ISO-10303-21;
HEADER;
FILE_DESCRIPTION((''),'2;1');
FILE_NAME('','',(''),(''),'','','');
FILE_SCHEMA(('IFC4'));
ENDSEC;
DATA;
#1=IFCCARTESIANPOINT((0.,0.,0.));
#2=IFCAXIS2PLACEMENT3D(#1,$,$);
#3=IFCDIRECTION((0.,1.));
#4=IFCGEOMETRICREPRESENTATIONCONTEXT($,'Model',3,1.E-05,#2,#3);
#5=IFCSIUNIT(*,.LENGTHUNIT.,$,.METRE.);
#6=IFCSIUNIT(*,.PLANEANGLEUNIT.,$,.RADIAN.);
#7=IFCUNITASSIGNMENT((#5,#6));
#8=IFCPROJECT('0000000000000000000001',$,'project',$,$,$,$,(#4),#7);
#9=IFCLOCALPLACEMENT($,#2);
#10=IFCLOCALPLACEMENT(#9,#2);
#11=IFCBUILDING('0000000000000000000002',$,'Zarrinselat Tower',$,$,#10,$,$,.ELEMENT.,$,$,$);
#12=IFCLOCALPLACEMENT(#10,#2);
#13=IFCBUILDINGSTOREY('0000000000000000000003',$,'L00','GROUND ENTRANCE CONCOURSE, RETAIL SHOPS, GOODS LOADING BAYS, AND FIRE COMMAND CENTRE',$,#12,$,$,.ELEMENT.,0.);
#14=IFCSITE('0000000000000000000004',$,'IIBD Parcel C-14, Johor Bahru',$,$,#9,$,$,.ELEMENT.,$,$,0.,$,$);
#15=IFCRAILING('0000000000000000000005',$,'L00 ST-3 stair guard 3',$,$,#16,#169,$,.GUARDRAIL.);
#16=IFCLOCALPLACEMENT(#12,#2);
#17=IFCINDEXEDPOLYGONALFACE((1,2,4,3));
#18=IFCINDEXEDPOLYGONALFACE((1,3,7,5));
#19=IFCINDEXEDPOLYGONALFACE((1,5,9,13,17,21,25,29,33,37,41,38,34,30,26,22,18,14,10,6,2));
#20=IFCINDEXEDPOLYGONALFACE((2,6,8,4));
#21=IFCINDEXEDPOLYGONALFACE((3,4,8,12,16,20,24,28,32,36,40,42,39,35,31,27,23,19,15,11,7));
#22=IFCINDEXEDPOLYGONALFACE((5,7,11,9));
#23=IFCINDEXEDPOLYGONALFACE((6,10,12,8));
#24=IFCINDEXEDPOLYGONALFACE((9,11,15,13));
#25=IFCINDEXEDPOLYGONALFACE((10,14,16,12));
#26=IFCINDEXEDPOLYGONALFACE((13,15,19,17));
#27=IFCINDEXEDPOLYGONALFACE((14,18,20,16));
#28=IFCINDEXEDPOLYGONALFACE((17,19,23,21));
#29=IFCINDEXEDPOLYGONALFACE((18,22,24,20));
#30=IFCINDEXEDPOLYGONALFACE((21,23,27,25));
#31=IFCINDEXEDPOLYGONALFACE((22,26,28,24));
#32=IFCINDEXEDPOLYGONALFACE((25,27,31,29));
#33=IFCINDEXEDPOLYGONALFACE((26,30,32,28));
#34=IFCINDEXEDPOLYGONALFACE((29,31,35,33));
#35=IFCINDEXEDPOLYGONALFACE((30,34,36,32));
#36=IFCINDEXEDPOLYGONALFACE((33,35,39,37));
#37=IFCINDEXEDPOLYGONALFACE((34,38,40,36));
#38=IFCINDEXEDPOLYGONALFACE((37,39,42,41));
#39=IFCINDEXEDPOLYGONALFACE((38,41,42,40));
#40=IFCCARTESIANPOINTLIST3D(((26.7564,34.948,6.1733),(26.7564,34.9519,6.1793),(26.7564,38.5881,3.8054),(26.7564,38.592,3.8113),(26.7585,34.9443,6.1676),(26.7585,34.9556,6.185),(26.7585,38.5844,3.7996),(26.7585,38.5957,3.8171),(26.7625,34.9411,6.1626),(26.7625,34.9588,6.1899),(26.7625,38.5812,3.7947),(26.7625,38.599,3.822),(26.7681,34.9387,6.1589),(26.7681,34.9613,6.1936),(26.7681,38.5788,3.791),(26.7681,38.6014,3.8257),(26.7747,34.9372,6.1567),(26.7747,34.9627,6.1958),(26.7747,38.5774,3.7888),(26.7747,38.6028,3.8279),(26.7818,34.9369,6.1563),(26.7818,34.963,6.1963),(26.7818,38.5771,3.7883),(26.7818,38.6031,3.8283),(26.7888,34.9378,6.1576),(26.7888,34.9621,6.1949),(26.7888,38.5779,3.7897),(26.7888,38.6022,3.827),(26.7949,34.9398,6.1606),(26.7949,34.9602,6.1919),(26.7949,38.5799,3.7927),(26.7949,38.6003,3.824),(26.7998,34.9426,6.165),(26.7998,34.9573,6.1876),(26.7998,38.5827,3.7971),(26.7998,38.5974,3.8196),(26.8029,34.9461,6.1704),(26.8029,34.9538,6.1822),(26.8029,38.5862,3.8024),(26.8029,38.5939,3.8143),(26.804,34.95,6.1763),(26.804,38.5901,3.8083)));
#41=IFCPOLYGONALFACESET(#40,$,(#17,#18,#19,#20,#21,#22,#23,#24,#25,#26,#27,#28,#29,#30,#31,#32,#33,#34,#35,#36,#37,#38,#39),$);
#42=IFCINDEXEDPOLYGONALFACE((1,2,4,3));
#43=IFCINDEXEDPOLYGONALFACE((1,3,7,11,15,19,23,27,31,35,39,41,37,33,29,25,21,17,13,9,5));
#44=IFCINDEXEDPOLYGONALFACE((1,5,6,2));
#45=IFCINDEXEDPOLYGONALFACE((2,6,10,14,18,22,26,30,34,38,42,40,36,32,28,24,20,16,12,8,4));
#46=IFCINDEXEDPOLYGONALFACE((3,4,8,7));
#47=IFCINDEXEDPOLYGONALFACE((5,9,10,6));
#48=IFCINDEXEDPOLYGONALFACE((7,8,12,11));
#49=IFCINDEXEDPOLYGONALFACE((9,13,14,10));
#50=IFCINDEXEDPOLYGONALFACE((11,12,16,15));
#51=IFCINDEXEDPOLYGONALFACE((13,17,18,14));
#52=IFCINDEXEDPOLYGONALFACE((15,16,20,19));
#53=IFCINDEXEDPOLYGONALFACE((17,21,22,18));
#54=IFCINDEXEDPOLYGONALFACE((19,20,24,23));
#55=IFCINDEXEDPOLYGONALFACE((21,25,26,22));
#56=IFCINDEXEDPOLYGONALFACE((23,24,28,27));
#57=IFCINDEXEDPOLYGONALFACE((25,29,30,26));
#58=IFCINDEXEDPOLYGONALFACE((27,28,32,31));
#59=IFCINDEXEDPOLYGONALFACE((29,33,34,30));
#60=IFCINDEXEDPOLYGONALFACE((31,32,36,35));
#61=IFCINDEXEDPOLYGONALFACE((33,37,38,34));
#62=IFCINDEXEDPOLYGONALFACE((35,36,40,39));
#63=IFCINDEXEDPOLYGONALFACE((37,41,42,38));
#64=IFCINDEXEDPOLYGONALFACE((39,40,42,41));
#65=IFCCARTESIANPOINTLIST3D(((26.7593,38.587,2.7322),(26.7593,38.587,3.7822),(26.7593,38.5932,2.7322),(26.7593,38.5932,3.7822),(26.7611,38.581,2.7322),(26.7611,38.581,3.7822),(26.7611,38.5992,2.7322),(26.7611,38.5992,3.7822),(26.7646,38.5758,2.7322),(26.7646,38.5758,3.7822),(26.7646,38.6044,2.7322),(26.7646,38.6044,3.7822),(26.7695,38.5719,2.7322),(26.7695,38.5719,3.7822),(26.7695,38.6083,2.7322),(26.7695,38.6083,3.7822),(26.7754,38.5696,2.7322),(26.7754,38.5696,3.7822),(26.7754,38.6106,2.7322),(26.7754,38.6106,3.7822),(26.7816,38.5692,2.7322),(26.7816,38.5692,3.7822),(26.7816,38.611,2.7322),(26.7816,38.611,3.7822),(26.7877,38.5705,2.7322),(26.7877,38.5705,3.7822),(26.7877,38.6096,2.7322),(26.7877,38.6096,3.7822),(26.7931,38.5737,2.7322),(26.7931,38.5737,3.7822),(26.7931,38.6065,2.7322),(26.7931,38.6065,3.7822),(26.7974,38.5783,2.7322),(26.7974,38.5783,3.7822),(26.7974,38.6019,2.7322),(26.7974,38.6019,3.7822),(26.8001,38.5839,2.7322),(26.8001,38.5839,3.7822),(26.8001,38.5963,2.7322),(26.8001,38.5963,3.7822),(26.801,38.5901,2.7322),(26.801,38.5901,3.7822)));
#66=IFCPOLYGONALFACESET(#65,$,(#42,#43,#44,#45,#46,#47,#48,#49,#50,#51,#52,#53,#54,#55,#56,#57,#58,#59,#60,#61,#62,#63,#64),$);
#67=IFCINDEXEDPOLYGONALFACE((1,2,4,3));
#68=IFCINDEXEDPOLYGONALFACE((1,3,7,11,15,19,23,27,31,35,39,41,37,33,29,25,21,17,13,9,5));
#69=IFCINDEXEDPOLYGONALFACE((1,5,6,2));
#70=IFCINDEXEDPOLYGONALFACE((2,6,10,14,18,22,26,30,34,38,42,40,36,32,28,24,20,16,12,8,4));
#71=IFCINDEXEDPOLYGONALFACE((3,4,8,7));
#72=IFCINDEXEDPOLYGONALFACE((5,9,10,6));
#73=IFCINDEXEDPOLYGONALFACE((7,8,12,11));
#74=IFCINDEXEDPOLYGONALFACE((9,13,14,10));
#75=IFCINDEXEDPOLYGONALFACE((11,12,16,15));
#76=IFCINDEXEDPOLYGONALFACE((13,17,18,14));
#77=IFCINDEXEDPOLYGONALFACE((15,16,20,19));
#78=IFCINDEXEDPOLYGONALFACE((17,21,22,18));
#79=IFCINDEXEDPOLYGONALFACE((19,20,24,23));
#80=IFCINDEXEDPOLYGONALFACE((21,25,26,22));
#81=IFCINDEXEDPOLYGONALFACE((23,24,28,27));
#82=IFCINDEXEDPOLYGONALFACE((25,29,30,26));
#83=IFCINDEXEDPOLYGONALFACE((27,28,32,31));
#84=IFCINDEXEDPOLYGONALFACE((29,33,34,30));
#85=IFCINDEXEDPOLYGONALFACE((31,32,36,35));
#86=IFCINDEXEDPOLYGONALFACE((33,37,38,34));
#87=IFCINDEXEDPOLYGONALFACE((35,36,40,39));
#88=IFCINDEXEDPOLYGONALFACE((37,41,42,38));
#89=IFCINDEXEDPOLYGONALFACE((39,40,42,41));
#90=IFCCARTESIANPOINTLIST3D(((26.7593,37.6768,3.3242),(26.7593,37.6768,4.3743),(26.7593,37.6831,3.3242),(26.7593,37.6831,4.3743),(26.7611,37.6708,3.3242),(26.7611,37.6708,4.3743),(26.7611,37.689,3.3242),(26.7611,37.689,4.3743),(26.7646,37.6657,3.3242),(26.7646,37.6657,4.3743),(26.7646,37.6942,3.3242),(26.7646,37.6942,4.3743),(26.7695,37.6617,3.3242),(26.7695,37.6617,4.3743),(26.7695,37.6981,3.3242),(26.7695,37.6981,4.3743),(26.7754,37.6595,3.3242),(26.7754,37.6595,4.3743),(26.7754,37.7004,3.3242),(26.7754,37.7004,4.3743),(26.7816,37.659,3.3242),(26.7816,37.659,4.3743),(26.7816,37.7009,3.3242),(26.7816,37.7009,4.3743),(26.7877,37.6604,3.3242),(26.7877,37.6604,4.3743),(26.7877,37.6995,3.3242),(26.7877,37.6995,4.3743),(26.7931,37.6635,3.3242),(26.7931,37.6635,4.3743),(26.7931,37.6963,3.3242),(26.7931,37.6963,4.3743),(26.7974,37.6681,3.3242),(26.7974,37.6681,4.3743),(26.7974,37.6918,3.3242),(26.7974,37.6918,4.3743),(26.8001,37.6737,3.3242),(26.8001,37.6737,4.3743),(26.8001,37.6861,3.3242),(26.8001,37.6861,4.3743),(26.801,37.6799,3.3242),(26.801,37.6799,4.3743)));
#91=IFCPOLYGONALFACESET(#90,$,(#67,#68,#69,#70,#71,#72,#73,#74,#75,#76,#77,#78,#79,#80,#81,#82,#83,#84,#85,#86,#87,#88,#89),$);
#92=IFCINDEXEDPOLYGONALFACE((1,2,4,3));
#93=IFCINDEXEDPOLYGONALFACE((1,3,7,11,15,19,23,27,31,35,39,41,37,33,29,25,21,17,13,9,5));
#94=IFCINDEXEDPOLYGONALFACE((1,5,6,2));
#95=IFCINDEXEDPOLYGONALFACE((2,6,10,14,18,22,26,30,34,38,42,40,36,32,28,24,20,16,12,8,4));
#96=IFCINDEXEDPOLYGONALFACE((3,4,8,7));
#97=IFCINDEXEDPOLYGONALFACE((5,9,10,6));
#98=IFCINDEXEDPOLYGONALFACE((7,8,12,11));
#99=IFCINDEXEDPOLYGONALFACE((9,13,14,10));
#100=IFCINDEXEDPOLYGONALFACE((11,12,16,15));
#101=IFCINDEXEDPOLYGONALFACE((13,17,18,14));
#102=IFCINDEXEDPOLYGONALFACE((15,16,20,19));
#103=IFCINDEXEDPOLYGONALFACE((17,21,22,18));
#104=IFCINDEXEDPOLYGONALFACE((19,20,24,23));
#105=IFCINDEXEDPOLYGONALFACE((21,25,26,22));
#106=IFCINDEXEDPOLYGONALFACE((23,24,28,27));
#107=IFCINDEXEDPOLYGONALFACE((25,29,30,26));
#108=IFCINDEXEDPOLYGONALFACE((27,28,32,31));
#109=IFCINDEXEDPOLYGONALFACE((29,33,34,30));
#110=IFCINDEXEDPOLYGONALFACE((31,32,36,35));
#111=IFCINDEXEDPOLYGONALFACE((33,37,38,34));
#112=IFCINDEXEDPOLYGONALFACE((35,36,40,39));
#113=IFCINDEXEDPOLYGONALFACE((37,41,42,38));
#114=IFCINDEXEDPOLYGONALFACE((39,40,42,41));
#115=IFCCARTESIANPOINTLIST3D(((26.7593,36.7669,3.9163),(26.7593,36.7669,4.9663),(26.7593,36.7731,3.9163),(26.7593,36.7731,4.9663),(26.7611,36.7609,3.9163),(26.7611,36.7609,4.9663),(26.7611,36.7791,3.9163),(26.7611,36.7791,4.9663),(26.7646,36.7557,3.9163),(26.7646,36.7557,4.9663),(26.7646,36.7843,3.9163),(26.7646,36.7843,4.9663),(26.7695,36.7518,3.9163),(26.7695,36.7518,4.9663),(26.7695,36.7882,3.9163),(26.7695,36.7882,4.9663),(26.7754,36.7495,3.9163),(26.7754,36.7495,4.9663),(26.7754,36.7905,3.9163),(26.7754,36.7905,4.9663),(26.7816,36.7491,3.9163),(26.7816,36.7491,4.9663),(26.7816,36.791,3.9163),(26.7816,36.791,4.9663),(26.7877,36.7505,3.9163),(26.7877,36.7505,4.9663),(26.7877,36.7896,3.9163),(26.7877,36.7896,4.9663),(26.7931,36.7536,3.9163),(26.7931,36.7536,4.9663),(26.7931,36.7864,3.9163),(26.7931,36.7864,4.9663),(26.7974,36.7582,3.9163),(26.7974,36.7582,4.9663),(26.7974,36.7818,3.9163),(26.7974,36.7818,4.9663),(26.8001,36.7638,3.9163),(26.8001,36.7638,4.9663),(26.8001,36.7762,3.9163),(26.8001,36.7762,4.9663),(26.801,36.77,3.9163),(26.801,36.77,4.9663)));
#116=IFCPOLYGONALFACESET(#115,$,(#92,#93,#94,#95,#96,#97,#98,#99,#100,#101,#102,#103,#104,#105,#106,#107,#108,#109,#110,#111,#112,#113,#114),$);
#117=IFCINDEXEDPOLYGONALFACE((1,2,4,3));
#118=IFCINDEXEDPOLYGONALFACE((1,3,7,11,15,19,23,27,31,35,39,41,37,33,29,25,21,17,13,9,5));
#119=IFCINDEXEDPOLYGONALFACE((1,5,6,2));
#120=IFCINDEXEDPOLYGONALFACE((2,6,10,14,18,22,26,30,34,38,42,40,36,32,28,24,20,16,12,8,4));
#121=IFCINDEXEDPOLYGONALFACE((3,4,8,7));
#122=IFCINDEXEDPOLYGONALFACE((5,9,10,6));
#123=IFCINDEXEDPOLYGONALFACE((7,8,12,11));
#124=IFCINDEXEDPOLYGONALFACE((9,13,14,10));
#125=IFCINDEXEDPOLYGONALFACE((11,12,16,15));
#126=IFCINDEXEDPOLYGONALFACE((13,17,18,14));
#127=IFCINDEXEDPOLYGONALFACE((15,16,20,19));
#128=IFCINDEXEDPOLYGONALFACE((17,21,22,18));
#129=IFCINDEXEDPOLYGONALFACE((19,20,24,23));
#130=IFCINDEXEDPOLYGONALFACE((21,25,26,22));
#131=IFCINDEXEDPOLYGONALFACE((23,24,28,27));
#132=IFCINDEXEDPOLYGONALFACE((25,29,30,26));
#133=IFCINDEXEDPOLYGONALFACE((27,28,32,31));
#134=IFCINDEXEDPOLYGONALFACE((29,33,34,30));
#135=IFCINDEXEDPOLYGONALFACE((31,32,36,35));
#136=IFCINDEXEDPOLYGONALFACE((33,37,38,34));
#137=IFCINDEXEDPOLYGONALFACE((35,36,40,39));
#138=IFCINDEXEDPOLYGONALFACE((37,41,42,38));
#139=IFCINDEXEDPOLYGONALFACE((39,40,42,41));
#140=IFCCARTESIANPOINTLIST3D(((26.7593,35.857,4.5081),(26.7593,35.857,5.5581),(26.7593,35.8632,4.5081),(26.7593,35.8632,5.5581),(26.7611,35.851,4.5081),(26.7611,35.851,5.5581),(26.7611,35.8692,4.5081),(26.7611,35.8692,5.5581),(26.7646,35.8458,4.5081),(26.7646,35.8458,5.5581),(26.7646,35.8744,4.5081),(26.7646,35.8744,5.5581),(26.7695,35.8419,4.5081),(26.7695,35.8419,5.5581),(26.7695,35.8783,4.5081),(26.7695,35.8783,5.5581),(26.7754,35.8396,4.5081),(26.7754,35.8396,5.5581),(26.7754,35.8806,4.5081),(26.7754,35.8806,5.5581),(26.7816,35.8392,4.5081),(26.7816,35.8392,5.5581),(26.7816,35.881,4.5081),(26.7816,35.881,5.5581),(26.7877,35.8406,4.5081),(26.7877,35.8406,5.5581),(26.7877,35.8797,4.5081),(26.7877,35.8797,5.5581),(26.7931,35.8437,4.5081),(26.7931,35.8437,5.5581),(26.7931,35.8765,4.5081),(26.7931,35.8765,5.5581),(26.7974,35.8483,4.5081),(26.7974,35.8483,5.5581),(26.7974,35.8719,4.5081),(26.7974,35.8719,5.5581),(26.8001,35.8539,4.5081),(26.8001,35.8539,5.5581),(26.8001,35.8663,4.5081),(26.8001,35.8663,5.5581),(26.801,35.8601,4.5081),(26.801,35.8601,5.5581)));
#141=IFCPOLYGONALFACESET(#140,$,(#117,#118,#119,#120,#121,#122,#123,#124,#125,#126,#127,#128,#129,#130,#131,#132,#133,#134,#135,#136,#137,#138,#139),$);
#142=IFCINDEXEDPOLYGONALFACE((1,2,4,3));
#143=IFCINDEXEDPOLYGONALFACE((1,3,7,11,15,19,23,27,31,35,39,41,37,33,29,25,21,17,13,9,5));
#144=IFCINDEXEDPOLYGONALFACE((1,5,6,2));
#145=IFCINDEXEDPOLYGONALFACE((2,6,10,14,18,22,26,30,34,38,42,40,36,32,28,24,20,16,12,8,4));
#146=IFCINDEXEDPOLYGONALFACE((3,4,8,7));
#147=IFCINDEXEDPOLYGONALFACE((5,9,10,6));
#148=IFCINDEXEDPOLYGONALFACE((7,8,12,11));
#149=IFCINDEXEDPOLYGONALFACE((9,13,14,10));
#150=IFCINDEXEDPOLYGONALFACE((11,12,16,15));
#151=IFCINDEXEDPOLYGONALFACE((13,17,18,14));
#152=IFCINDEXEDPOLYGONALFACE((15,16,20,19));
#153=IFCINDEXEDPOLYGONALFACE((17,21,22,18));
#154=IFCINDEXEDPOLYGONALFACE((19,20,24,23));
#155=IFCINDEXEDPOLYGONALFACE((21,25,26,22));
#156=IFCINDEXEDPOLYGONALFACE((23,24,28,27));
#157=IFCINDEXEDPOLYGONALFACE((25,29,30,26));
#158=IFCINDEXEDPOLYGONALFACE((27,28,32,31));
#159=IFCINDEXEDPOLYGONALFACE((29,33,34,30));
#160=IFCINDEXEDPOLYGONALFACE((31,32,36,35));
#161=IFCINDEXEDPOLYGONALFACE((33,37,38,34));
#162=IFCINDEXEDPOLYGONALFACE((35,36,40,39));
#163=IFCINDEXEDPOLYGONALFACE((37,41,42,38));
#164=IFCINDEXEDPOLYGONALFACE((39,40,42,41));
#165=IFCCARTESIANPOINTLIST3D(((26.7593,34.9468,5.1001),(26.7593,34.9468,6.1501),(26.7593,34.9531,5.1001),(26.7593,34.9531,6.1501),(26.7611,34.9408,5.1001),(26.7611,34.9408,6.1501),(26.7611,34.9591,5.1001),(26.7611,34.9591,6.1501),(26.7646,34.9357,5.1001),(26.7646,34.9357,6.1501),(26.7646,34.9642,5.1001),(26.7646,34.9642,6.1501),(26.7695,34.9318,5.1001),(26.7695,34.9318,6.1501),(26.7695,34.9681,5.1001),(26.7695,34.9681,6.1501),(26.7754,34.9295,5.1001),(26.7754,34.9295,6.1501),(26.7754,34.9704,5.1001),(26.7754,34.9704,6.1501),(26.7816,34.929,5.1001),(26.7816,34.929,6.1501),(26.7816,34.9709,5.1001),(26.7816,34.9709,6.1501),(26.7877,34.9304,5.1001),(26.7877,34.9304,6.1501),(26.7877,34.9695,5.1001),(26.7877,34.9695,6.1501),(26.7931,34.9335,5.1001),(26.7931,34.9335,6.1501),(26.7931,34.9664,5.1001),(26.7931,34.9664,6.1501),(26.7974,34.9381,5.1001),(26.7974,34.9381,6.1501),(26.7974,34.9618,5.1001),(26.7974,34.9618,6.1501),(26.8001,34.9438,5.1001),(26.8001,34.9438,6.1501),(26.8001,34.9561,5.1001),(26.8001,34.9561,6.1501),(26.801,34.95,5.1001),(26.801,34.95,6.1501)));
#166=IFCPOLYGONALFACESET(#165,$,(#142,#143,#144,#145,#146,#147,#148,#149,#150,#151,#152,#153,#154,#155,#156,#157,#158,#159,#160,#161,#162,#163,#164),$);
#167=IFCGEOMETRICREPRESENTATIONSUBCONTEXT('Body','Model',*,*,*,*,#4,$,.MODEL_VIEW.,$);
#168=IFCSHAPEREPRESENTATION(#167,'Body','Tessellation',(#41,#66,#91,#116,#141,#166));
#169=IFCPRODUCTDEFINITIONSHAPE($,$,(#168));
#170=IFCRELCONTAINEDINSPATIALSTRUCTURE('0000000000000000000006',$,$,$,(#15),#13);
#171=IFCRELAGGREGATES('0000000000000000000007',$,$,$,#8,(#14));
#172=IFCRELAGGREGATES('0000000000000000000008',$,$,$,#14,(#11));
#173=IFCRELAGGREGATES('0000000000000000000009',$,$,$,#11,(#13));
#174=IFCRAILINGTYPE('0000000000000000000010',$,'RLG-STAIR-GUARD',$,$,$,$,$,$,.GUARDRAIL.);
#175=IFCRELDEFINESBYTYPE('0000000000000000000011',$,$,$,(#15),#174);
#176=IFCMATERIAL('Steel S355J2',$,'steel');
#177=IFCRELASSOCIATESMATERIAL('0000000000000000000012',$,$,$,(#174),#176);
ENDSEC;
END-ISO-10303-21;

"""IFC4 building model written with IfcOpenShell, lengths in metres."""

from ifc_helpers import new_model, si_unit, direction, frame, origin, origin_2d, place, context, subcontext, project, spatial, circle, extrude, material, type_object, element, save


model = new_model("IFC4")

# Units and contexts
model_context = context("Model", 3, precision=1e-05, world=origin(), true_north=direction((0.0, 1.0)))
body_context = subcontext(model_context, "Body", "Model", "MODEL_VIEW")
ifc_project = project(units=[si_unit("LENGTHUNIT", "METRE"), si_unit("PLANEANGLEUNIT", "RADIAN")], contexts=[model_context])

# Site, building, storey
site_placement = place(None, origin())
site = spatial("IfcSite", under=ifc_project, at=site_placement, Name="IIBD Parcel C-14, Johor Bahru", CompositionType="ELEMENT", RefElevation=0.0)
building_placement = place(site_placement, origin())
building = spatial("IfcBuilding", under=site, at=building_placement, Name="Zarrinselat Tower", CompositionType="ELEMENT")
storey_placement = place(building_placement, origin())
storey = spatial("IfcBuildingStorey", under=building, at=storey_placement, Name="L00", Description="GROUND ENTRANCE CONCOURSE, RETAIL SHOPS, GOODS LOADING BAYS, AND FIRE COMMAND CENTRE", CompositionType="ELEMENT", Elevation=0.0)

# Railing
ifc_material_1 = material(Name="Steel S355J2", Category="steel")
railing_type_1 = type_object("IfcRailingType", Name="RLG-STAIR-GUARD", PredefinedType="GUARDRAIL", material=ifc_material_1)
railing_1_placement = place(storey_placement, frame((26.78, 38.5901, 2.7322)))
element("IfcRailing", 1, at=railing_1_placement, inside=storey, type_object=railing_type_1, Name="L00 ST-3 stair guard 3", PredefinedType="GUARDRAIL", context=body_context, shape_type="SweptSolid", body=[
    extrude(circle(Radius=0.0239, at=origin_2d()), frame((0.0, 0.0, 1.0762), z_axis=(0.0, -0.838251, 0.545285), x_axis=(1.0, 0.0, 0.0)), (0.0, 0.0, 1.0), 4.3425),
    extrude(circle(Radius=0.021, at=origin_2d()), origin(), (0.0, 0.0, 1.0), 1.05),
    extrude(circle(Radius=0.021, at=origin_2d()), frame((0.0, -0.9102, 0.592)), (0.0, 0.0, 1.0), 1.05),
    extrude(circle(Radius=0.021, at=origin_2d()), frame((0.0, -1.8201, 1.1841)), (0.0, 0.0, 1.0), 1.05),
    extrude(circle(Radius=0.021, at=origin_2d()), frame((0.0, -2.73, 1.7759)), (0.0, 0.0, 1.0), 1.05),
    extrude(circle(Radius=0.021, at=origin_2d()), frame((0.0, -3.6401, 2.3679)), (0.0, 0.0, 1.0), 1.05),
])

save(model, "model.ifc")
